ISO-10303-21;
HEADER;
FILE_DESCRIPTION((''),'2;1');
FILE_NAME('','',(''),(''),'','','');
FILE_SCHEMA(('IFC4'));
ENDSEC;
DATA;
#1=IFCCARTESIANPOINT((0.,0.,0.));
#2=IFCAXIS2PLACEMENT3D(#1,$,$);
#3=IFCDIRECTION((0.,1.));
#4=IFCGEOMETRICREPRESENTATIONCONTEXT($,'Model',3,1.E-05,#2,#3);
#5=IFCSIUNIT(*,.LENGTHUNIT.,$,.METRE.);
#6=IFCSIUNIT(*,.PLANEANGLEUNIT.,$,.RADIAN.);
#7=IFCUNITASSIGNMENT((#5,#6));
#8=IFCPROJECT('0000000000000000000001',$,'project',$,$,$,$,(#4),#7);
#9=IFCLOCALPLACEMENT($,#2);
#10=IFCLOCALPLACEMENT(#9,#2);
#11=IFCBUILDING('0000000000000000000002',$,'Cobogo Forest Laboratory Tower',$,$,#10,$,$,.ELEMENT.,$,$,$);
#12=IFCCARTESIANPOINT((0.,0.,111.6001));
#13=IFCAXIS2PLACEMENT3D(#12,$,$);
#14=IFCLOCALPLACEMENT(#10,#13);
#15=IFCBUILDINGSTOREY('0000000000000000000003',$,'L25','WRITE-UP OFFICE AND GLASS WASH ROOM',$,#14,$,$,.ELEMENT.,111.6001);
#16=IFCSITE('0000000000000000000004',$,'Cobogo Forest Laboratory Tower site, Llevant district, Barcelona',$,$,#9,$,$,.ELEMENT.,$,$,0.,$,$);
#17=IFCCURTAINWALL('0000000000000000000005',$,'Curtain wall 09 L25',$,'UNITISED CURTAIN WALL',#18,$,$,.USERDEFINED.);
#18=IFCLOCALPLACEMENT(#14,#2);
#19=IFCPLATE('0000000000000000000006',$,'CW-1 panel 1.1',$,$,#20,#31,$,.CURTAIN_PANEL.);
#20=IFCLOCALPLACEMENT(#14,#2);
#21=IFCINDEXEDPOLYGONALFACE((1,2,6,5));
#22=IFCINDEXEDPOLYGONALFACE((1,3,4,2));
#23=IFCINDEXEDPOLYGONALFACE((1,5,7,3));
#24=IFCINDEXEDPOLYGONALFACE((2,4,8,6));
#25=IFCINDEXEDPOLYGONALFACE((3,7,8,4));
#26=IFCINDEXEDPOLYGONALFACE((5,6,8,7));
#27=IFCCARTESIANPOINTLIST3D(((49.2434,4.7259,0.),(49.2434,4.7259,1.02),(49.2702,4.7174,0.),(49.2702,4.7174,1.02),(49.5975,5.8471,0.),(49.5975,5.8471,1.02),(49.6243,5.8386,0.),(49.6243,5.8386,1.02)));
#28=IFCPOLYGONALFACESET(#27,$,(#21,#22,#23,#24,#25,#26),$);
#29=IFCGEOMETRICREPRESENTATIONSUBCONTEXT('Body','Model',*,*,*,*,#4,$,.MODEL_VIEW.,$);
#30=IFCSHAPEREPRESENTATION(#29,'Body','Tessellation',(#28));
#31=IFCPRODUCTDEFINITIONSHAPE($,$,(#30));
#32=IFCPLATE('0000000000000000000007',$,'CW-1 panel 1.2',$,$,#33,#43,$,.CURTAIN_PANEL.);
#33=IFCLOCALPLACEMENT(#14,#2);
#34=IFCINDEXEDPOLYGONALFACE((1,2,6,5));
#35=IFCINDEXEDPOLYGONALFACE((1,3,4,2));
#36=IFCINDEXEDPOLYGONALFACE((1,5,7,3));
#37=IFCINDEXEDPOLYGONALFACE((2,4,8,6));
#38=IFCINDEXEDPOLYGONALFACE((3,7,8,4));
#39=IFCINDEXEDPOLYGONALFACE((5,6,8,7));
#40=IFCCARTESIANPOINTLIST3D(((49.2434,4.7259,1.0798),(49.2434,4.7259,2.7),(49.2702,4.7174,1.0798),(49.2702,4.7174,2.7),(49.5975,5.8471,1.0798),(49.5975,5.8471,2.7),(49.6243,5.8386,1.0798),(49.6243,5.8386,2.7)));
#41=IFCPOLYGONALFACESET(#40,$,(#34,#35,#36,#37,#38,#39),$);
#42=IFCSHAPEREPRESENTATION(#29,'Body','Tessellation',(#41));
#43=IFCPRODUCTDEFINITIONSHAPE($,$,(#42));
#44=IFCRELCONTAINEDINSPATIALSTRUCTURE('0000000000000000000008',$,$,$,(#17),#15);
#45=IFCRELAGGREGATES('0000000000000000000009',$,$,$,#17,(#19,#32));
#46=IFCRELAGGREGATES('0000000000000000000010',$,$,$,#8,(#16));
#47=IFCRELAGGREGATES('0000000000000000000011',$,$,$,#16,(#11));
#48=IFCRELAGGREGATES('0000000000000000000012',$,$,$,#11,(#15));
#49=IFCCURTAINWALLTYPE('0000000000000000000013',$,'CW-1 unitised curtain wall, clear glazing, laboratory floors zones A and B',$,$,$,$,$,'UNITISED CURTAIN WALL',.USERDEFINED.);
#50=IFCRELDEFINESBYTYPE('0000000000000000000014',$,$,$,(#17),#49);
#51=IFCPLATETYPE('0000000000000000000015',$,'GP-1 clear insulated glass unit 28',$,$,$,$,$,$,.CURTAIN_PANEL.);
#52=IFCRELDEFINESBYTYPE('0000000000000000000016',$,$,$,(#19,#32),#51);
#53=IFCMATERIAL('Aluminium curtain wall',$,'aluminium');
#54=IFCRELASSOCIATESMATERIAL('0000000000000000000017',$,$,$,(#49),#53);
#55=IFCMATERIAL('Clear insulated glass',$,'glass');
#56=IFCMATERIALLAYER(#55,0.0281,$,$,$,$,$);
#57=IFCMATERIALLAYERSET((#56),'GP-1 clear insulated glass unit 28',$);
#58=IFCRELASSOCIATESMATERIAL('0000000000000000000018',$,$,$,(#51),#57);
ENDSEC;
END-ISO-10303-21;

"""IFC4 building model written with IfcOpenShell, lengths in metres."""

from ifc_helpers import new_model, si_unit, direction, frame, origin, origin_2d, place, context, subcontext, project, spatial, rectangle, extrude, material, layer, layer_set, type_object, element, aggregate, save


model = new_model("IFC4")

# Units and contexts
model_context = context("Model", 3, precision=1e-05, world=origin(), true_north=direction((0.0, 1.0)))
body_context = subcontext(model_context, "Body", "Model", "MODEL_VIEW")
ifc_project = project(units=[si_unit("LENGTHUNIT", "METRE"), si_unit("PLANEANGLEUNIT", "RADIAN")], contexts=[model_context])

# Site, building, storey
site_placement = place(None, origin())
site = spatial("IfcSite", under=ifc_project, at=site_placement, Name="Cobogo Forest Laboratory Tower site, Llevant district, Barcelona", CompositionType="ELEMENT", RefElevation=0.0)
building_placement = place(site_placement, origin())
building = spatial("IfcBuilding", under=site, at=building_placement, Name="Cobogo Forest Laboratory Tower", CompositionType="ELEMENT")
storey_placement = place(building_placement, frame((0.0, 0.0, 111.6001)))
storey = spatial("IfcBuildingStorey", under=building, at=storey_placement, Name="L25", Description="WRITE-UP OFFICE AND GLASS WASH ROOM", CompositionType="ELEMENT", Elevation=111.6001)

# Curtain wall
ifc_material_1 = material(Name="Aluminium curtain wall", Category="aluminium")
curtain_wall_type = type_object("IfcCurtainWallType", Name="CW-1 unitised curtain wall, clear glazing, laboratory floors zones A and B", ElementType="UNITISED CURTAIN WALL", PredefinedType="USERDEFINED", material=ifc_material_1)
curtain_wall_1_placement = place(storey_placement, origin())
curtain_wall_1 = element("IfcCurtainWall", 1, at=curtain_wall_1_placement, inside=storey, type_object=curtain_wall_type, Name="Curtain wall 09 L25", ObjectType="UNITISED CURTAIN WALL", PredefinedType="USERDEFINED")

# Plates
ifc_material_2 = material(Name="Clear insulated glass", Category="glass")
ifc_layer = layer(ifc_material_2, 0.0281)
ifc_layer_set = layer_set([ifc_layer], Name="GP-1 clear insulated glass unit 28")
plate_type = type_object("IfcPlateType", Name="GP-1 clear insulated glass unit 28", PredefinedType="CURTAIN_PANEL", material=ifc_layer_set)
plate_1_placement = place(storey_placement, frame((49.4338, 5.2822, 0.0), z_axis=(0.0, 0.0, 1.0), x_axis=(0.301135, 0.953581, 0.0)))
plate_1 = element("IfcPlate", 2, at=plate_1_placement, type_object=plate_type, Name="CW-1 panel 1.1", PredefinedType="CURTAIN_PANEL", context=body_context, shape_type="SweptSolid", body=[
    extrude(rectangle(XDim=1.1758, YDim=0.0281, at=origin_2d()), origin(), (0.0, 0.0, 1.0), 1.02),
])
plate_2_placement = place(storey_placement, frame((49.4338, 5.2822, 1.0798), z_axis=(0.0, 0.0, 1.0), x_axis=(0.301135, 0.953581, 0.0)))
plate_2 = element("IfcPlate", 3, at=plate_2_placement, type_object=plate_type, Name="CW-1 panel 1.2", PredefinedType="CURTAIN_PANEL", context=body_context, shape_type="SweptSolid", body=[
    extrude(rectangle(XDim=1.1758, YDim=0.0281, at=origin_2d()), origin(), (0.0, 0.0, 1.0), 1.6201),
])
aggregate(curtain_wall_1, [plate_1, plate_2])

save(model, "model.ifc")
